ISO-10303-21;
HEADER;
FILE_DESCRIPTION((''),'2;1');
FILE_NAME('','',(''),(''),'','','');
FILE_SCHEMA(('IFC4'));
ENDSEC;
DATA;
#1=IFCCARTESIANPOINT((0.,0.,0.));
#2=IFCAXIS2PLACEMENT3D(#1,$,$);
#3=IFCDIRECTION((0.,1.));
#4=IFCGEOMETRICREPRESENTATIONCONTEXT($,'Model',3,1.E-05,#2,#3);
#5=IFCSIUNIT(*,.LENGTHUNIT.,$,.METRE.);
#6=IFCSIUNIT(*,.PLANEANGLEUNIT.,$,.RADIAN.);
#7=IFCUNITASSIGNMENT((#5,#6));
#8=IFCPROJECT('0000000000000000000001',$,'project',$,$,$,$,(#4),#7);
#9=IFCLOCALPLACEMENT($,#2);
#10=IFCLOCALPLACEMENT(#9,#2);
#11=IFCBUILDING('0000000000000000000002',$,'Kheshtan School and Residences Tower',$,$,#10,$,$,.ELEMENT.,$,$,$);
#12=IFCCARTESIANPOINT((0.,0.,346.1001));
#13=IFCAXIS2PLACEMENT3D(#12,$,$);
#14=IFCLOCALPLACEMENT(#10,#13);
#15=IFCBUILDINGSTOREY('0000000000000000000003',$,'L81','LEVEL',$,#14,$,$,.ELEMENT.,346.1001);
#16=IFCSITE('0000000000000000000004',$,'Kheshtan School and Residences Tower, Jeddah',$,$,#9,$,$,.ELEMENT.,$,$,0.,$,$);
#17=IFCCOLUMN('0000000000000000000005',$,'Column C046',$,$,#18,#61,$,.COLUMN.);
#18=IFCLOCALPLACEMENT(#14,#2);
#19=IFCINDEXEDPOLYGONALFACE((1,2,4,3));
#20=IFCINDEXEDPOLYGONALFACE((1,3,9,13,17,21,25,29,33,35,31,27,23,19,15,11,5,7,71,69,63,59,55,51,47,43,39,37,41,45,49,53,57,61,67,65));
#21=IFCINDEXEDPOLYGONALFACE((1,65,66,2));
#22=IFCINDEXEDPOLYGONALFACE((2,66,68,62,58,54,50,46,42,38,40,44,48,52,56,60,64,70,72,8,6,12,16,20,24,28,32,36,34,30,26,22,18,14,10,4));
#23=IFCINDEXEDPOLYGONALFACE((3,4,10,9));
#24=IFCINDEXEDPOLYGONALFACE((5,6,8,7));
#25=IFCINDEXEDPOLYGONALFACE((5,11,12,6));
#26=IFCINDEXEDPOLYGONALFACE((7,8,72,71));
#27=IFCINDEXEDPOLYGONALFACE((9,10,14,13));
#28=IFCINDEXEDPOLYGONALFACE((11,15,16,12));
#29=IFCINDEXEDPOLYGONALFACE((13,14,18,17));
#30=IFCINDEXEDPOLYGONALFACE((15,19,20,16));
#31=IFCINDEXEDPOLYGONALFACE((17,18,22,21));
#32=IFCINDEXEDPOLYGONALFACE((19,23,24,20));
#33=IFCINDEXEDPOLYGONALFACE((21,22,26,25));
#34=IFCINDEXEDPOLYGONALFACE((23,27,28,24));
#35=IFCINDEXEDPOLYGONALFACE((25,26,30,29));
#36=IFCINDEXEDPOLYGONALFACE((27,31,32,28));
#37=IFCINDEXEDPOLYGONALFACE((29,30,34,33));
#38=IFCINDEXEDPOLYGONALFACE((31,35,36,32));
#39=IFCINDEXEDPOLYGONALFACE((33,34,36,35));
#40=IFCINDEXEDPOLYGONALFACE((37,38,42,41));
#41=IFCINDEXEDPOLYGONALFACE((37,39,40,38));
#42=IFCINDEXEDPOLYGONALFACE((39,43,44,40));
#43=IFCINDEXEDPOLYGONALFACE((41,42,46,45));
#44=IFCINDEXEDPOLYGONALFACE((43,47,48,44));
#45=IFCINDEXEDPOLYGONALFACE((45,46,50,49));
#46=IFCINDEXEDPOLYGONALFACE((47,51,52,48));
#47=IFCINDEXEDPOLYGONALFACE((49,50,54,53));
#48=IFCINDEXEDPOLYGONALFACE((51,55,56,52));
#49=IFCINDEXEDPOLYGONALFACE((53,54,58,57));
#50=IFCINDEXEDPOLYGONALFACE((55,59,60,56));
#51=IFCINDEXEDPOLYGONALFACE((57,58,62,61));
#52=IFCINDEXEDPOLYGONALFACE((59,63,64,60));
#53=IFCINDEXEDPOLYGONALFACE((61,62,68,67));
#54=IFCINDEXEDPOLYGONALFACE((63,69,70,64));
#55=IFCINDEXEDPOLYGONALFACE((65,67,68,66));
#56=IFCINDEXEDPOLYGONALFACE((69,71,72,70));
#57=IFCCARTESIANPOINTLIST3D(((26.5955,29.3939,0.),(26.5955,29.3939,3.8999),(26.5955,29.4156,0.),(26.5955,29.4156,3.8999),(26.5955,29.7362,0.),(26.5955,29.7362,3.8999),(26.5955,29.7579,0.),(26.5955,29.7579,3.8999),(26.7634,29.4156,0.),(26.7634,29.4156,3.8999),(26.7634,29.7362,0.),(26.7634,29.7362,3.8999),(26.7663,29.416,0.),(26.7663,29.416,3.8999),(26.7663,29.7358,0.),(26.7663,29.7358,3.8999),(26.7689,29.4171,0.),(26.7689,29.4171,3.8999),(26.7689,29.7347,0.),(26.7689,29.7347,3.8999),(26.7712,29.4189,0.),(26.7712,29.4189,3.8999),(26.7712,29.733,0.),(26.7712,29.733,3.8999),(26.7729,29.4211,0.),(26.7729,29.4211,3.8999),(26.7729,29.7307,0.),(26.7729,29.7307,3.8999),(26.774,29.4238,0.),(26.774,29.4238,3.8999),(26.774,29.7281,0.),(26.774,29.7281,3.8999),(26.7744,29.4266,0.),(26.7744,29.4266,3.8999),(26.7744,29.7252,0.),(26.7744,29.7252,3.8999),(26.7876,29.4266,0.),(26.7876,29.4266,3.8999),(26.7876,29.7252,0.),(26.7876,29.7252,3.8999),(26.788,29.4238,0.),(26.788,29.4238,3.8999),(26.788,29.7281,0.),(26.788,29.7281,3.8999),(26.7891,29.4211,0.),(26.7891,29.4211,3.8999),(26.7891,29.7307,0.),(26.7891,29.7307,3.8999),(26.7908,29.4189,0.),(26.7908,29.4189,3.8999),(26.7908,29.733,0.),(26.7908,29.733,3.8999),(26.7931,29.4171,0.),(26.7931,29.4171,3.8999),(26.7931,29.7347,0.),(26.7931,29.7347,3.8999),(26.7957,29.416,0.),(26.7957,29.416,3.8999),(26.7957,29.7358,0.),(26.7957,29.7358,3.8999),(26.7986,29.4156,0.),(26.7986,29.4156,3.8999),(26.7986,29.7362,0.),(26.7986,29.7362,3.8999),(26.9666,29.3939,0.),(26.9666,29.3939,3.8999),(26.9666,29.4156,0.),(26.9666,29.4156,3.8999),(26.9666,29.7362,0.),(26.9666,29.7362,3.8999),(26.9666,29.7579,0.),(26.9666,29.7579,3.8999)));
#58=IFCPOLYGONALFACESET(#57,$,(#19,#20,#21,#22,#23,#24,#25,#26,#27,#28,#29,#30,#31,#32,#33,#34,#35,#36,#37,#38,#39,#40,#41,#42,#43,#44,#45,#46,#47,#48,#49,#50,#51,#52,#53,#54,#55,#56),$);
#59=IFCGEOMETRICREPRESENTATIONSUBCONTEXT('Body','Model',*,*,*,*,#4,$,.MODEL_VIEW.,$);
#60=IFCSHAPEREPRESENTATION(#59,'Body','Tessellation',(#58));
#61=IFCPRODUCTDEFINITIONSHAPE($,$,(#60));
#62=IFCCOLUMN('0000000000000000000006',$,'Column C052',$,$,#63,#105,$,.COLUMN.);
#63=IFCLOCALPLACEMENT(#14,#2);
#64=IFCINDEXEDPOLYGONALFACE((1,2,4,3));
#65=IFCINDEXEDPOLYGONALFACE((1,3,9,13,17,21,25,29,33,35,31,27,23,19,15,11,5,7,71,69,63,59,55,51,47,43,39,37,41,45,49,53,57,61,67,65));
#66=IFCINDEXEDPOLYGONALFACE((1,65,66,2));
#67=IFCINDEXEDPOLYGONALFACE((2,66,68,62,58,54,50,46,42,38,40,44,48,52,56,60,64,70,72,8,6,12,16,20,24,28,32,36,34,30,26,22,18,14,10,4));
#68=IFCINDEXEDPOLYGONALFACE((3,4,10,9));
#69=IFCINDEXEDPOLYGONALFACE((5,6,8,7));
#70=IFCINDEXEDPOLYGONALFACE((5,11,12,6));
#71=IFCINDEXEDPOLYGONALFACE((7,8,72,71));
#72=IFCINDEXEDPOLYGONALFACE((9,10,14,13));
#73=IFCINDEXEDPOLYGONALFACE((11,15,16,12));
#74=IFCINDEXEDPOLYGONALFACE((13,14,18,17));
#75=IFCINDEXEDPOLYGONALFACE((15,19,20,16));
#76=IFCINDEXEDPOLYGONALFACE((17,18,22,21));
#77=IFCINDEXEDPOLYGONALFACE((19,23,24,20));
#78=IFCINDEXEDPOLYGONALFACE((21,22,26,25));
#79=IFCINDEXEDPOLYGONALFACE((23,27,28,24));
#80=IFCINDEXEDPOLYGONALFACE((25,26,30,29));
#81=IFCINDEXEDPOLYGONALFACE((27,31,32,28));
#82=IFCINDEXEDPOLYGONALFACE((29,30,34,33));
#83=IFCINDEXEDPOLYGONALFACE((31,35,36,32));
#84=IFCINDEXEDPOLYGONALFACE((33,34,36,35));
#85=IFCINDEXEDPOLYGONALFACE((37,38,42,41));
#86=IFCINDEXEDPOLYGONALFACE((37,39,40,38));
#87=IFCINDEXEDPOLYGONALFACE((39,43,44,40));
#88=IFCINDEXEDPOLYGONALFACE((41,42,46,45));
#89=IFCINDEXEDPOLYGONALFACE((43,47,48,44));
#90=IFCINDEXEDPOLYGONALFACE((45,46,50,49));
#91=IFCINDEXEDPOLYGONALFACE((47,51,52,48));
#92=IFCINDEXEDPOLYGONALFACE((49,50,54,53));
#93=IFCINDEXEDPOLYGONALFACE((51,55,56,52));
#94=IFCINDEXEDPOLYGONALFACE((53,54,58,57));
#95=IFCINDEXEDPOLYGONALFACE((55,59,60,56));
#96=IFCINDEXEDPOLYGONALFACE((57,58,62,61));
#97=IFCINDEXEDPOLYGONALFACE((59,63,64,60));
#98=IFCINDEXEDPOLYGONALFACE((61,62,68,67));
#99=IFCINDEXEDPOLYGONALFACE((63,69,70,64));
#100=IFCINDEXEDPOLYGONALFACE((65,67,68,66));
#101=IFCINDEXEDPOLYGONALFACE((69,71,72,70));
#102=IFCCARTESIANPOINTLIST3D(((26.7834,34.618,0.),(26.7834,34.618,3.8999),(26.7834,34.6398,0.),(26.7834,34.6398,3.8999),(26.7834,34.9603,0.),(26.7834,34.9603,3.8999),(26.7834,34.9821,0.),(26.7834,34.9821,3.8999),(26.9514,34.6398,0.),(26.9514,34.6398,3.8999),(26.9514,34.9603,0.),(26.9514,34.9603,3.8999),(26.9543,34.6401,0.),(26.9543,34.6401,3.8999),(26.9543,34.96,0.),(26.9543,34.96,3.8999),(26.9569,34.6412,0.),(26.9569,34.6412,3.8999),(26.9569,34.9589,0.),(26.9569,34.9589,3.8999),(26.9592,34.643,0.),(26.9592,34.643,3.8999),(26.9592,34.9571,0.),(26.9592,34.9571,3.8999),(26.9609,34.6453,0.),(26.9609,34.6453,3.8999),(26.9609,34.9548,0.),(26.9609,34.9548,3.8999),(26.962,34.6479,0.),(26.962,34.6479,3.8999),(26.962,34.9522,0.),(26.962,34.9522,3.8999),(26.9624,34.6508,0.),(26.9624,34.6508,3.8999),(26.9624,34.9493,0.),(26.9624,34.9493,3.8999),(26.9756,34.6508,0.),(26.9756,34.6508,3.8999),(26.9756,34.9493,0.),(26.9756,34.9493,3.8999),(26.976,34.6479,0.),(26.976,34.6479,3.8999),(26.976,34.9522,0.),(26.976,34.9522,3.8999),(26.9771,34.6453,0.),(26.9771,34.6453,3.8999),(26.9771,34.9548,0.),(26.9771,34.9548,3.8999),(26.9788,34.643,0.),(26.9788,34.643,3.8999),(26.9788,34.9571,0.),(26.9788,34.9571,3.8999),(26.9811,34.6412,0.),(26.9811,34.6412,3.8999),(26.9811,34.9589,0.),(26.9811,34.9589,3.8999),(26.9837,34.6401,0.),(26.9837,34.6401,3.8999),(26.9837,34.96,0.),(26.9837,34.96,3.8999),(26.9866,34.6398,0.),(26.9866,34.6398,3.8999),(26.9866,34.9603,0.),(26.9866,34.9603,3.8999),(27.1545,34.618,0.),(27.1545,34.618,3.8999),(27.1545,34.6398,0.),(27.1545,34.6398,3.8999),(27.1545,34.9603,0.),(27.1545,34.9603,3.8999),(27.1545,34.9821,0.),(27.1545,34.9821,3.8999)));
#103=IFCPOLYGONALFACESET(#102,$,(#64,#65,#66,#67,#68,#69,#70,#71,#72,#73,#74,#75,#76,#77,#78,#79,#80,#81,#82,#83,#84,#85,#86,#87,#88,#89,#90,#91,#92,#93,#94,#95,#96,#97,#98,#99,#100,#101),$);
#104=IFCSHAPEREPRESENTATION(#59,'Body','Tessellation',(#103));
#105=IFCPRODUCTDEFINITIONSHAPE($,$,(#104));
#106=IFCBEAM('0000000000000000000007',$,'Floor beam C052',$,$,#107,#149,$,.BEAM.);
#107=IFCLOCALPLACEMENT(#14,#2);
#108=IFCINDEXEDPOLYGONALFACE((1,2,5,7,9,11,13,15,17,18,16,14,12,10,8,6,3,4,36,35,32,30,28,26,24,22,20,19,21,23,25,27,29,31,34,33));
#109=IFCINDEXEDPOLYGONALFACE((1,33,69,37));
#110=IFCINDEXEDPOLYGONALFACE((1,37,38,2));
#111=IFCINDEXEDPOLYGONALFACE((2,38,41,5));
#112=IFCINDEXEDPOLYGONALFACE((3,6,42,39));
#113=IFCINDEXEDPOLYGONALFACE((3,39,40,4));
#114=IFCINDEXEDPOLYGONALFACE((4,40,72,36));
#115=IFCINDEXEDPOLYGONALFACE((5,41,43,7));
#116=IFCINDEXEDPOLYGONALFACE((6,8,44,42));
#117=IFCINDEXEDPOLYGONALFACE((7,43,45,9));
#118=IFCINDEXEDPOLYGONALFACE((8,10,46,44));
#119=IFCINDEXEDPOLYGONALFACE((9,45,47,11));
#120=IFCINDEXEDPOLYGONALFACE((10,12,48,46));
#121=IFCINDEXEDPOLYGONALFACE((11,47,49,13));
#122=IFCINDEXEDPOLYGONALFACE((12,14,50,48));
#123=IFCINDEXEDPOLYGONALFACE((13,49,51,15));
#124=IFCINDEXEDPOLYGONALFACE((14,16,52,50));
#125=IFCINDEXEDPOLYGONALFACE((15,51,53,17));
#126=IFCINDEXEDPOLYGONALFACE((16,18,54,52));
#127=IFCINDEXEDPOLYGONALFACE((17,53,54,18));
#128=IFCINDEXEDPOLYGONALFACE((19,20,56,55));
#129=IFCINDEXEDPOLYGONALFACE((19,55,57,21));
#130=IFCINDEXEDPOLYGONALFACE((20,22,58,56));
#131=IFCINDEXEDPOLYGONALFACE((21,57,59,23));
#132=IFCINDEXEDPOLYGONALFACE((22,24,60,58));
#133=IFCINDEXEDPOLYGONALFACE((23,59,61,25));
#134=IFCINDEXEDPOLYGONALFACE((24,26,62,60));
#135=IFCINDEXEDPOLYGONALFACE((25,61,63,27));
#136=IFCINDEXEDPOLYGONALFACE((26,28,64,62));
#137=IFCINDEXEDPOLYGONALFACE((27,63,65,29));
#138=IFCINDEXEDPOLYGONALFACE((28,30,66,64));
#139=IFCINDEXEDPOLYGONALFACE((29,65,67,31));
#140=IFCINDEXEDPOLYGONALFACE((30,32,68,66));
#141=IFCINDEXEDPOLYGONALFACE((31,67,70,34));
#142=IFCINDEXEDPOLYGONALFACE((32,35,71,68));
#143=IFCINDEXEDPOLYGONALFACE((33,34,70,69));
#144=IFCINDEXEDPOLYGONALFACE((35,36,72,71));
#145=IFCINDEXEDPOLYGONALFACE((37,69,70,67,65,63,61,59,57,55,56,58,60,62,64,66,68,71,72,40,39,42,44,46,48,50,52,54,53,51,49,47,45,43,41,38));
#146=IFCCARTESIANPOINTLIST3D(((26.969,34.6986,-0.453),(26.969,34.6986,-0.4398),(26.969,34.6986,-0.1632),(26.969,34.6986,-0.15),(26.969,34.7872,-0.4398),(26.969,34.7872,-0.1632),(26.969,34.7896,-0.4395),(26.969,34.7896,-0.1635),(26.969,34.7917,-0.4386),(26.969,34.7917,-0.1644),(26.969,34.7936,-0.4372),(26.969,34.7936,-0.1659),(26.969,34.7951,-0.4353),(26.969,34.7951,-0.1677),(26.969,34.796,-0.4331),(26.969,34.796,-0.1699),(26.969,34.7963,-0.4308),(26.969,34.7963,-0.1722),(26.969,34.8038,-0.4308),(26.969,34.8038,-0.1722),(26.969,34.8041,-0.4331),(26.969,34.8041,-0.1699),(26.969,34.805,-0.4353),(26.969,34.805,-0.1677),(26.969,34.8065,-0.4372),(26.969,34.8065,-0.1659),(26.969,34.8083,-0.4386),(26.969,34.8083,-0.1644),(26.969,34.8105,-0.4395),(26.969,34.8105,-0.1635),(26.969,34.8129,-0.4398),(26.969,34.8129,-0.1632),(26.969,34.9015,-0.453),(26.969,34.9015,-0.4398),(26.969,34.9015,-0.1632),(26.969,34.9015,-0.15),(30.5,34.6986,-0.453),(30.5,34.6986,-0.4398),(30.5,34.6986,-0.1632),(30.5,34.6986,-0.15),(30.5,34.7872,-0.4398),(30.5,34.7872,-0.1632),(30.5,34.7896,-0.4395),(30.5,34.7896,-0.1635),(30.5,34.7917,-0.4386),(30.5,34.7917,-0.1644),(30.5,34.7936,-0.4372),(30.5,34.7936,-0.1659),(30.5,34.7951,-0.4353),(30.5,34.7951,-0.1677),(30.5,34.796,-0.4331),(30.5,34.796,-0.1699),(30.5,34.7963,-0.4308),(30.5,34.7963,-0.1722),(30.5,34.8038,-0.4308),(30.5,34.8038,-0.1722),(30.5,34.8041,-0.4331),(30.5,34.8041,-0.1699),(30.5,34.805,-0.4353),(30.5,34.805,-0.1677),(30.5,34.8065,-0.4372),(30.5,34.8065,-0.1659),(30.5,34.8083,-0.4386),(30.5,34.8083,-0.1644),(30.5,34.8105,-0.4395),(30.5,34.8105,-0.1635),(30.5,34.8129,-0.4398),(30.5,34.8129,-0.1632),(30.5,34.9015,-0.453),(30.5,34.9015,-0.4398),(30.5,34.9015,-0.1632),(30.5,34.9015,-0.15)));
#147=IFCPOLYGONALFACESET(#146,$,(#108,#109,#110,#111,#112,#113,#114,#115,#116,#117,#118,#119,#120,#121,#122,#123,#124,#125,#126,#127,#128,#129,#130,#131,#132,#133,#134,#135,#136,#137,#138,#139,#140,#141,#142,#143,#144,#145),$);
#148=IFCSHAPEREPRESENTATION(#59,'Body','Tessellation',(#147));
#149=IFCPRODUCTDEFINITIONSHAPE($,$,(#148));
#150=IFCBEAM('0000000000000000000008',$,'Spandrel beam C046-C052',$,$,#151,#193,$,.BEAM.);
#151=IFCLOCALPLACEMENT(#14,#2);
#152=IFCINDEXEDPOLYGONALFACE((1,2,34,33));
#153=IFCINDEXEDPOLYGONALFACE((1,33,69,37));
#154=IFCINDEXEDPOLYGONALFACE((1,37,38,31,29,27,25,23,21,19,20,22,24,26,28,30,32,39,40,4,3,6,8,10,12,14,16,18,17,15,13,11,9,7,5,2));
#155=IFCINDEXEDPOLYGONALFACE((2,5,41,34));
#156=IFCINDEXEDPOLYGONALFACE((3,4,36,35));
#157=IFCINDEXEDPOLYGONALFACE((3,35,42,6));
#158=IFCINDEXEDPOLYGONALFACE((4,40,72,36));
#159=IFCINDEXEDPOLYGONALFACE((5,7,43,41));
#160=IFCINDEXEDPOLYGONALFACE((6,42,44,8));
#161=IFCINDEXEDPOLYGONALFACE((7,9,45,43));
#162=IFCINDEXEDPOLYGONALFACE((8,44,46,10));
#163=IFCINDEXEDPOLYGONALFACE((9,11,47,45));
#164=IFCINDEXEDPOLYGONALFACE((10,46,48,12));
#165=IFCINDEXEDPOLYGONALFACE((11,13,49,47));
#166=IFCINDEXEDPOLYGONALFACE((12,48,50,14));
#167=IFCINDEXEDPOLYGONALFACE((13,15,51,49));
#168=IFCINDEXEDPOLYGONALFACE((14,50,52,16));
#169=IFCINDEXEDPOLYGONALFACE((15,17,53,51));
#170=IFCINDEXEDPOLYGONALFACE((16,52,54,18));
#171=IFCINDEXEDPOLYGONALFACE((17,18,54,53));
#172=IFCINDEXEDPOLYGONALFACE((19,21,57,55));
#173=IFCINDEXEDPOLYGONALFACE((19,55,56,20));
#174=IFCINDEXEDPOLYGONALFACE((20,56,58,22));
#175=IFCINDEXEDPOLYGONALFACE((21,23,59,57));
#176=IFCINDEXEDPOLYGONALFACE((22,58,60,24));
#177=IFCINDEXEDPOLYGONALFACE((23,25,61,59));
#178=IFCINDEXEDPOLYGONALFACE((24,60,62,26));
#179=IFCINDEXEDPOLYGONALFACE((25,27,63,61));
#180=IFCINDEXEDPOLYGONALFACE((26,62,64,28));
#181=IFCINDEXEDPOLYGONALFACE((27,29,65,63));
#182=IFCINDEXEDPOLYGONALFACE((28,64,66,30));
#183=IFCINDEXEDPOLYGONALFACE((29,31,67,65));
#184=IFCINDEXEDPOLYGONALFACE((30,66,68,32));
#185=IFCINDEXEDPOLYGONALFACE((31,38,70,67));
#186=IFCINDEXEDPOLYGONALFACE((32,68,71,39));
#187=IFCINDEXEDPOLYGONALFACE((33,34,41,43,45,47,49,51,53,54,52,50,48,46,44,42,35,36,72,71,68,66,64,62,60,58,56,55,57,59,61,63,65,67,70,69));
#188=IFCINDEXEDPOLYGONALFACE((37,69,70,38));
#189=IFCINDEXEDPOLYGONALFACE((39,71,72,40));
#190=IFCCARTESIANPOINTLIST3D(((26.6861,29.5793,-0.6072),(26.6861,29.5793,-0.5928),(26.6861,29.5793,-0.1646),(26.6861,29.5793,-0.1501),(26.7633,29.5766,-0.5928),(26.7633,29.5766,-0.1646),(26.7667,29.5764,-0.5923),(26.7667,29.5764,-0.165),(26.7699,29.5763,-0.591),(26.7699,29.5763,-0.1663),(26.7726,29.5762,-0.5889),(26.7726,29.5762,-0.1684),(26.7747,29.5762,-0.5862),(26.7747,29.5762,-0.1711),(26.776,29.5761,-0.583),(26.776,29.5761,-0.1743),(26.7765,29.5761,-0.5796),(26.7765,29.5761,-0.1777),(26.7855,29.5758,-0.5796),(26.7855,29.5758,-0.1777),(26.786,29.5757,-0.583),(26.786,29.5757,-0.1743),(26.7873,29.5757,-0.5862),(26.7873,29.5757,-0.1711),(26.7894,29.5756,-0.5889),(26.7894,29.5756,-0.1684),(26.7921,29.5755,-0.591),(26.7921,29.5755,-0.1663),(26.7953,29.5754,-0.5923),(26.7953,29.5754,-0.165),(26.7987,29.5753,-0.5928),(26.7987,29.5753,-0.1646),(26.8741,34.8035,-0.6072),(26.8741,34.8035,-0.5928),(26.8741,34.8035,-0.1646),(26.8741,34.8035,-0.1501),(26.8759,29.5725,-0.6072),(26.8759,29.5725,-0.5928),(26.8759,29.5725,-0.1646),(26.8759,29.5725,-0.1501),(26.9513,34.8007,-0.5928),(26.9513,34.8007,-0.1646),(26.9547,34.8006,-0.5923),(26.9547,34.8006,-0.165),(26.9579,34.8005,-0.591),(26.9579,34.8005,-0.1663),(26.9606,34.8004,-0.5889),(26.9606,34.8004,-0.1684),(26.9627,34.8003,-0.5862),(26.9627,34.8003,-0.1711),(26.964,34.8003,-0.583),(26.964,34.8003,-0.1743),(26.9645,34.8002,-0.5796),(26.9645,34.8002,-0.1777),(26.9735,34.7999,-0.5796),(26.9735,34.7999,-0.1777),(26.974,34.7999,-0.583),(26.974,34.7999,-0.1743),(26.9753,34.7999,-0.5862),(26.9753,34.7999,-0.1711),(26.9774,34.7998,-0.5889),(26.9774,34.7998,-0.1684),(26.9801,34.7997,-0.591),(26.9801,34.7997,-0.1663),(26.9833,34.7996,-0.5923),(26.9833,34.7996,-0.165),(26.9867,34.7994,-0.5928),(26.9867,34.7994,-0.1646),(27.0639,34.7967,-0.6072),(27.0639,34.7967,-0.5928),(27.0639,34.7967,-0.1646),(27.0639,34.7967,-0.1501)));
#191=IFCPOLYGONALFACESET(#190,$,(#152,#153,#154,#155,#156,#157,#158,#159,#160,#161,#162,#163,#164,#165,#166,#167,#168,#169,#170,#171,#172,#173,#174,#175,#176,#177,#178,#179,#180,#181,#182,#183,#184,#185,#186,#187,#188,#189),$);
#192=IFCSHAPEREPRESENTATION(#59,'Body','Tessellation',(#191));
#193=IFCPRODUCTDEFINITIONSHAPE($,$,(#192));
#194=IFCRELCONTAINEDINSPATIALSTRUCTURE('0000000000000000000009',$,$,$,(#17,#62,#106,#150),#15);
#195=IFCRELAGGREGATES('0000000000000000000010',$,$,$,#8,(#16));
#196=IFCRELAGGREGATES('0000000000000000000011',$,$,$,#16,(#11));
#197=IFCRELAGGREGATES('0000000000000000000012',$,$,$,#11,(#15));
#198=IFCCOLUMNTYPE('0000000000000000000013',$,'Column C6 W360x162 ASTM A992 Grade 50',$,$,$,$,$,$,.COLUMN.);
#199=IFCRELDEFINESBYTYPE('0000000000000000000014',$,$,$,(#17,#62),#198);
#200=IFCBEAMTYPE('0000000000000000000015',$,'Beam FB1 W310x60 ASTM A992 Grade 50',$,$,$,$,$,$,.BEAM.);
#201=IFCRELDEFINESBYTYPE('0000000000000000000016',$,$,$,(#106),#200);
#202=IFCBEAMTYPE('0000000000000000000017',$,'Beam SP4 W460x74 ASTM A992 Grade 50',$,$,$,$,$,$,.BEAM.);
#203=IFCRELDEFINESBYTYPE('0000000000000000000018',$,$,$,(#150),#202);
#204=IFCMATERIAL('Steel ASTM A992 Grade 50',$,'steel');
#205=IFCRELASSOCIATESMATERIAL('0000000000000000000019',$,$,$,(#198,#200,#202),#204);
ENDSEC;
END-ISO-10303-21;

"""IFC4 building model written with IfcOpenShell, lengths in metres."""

from ifc_helpers import new_model, si_unit, direction, frame, origin, origin_2d, place, context, subcontext, project, spatial, i_section, extrude, material, material_profile, profile_set, type_object, element, save


model = new_model("IFC4")

# Units and contexts
model_context = context("Model", 3, precision=1e-05, world=origin(), true_north=direction((0.0, 1.0)))
body_context = subcontext(model_context, "Body", "Model", "MODEL_VIEW")
ifc_project = project(units=[si_unit("LENGTHUNIT", "METRE"), si_unit("PLANEANGLEUNIT", "RADIAN")], contexts=[model_context])

# Site, building, storey
site_placement = place(None, origin())
site = spatial("IfcSite", under=ifc_project, at=site_placement, Name="Kheshtan School and Residences Tower, Jeddah", CompositionType="ELEMENT", RefElevation=0.0)
building_placement = place(site_placement, origin())
building = spatial("IfcBuilding", under=site, at=building_placement, Name="Kheshtan School and Residences Tower", CompositionType="ELEMENT")
storey_placement = place(building_placement, frame((0.0, 0.0, 346.1001)))
storey = spatial("IfcBuildingStorey", under=building, at=storey_placement, Name="L81", Description="LEVEL", CompositionType="ELEMENT", Elevation=346.1001)

# Columns
ifc_material_1 = material(Name="Steel ASTM A992 Grade 50", Category="steel")
ifc_material_profile_1 = material_profile(ifc_material_1, i_section(OverallWidth=0.3711, OverallDepth=0.364, WebThickness=0.0132, FlangeThickness=0.0217, FilletRadius=0.011, at=origin_2d()), Name="W360x162")
ifc_profile_set_1 = profile_set([ifc_material_profile_1], Name="Steel ASTM A992 Grade 50")
column_type = type_object("IfcColumnType", Name="Column C6 W360x162 ASTM A992 Grade 50", PredefinedType="COLUMN", material=ifc_profile_set_1)
for number, where, z_axis, x_axis, name in (
    (1, (26.781, 29.5759, 0.0), (0.0, 0.0, 1.0), (1.0, 0.0, 0.0), "Column C046"),
    (2, (26.969, 34.8, 0.0), (0.0, 0.0, 1.0), (1.0, 0.0, 0.0), "Column C052"),
):
    element("IfcColumn", number, at=place(storey_placement, frame(where, z_axis=z_axis, x_axis=x_axis)), inside=storey, type_object=column_type, Name=name, PredefinedType="COLUMN", context=body_context, shape_type="SweptSolid", body=[
        extrude(i_section(OverallWidth=0.3711, OverallDepth=0.364, WebThickness=0.0132, FlangeThickness=0.0217, FilletRadius=0.011, at=origin_2d()), origin(), (0.0, 0.0, 1.0), 3.8999),
    ])

# Beams
ifc_material_profile_2 = material_profile(ifc_material_1, i_section(OverallWidth=0.2029, OverallDepth=0.303, WebThickness=0.0076, FlangeThickness=0.0132, FilletRadius=0.009, at=origin_2d()), Name="W310x60")
ifc_profile_set_2 = profile_set([ifc_material_profile_2], Name="Steel ASTM A992 Grade 50")
beam_type_1 = type_object("IfcBeamType", Name="Beam FB1 W310x60 ASTM A992 Grade 50", PredefinedType="BEAM", material=ifc_profile_set_2)
beam_1_placement = place(storey_placement, frame((26.969, 34.8, -0.3015), z_axis=(1.0, 0.0, 0.0), x_axis=(0.0, 1.0, 0.0)))
element("IfcBeam", 3, at=beam_1_placement, inside=storey, type_object=beam_type_1, Name="Floor beam C052", PredefinedType="BEAM", context=body_context, shape_type="SweptSolid", body=[
    extrude(i_section(OverallWidth=0.2029, OverallDepth=0.303, WebThickness=0.0076, FlangeThickness=0.0132, FilletRadius=0.009, at=origin_2d()), origin(), (0.0, 0.0, 1.0), 3.531),
])
ifc_material_profile_3 = material_profile(ifc_material_1, i_section(OverallWidth=0.1899, OverallDepth=0.457, WebThickness=0.009, FlangeThickness=0.0144, FilletRadius=0.0132, at=origin_2d()), Name="W460x74")
ifc_profile_set_3 = profile_set([ifc_material_profile_3], Name="Steel ASTM A992 Grade 50")
beam_type_2 = type_object("IfcBeamType", Name="Beam SP4 W460x74 ASTM A992 Grade 50", PredefinedType="BEAM", material=ifc_profile_set_3)
beam_2_placement = place(storey_placement, frame((26.781, 29.5759, -0.3787), z_axis=(0.035961, 0.999353, 0.0), x_axis=(-0.999353, 0.035961, 0.0)))
element("IfcBeam", 4, at=beam_2_placement, inside=storey, type_object=beam_type_2, Name="Spandrel beam C046-C052", PredefinedType="BEAM", context=body_context, shape_type="SweptSolid", body=[
    extrude(i_section(OverallWidth=0.1899, OverallDepth=0.457, WebThickness=0.009, FlangeThickness=0.0144, FilletRadius=0.0132, at=origin_2d()), origin(), (0.0, 0.0, 1.0), 5.2275),
])

save(model, "model.ifc")
